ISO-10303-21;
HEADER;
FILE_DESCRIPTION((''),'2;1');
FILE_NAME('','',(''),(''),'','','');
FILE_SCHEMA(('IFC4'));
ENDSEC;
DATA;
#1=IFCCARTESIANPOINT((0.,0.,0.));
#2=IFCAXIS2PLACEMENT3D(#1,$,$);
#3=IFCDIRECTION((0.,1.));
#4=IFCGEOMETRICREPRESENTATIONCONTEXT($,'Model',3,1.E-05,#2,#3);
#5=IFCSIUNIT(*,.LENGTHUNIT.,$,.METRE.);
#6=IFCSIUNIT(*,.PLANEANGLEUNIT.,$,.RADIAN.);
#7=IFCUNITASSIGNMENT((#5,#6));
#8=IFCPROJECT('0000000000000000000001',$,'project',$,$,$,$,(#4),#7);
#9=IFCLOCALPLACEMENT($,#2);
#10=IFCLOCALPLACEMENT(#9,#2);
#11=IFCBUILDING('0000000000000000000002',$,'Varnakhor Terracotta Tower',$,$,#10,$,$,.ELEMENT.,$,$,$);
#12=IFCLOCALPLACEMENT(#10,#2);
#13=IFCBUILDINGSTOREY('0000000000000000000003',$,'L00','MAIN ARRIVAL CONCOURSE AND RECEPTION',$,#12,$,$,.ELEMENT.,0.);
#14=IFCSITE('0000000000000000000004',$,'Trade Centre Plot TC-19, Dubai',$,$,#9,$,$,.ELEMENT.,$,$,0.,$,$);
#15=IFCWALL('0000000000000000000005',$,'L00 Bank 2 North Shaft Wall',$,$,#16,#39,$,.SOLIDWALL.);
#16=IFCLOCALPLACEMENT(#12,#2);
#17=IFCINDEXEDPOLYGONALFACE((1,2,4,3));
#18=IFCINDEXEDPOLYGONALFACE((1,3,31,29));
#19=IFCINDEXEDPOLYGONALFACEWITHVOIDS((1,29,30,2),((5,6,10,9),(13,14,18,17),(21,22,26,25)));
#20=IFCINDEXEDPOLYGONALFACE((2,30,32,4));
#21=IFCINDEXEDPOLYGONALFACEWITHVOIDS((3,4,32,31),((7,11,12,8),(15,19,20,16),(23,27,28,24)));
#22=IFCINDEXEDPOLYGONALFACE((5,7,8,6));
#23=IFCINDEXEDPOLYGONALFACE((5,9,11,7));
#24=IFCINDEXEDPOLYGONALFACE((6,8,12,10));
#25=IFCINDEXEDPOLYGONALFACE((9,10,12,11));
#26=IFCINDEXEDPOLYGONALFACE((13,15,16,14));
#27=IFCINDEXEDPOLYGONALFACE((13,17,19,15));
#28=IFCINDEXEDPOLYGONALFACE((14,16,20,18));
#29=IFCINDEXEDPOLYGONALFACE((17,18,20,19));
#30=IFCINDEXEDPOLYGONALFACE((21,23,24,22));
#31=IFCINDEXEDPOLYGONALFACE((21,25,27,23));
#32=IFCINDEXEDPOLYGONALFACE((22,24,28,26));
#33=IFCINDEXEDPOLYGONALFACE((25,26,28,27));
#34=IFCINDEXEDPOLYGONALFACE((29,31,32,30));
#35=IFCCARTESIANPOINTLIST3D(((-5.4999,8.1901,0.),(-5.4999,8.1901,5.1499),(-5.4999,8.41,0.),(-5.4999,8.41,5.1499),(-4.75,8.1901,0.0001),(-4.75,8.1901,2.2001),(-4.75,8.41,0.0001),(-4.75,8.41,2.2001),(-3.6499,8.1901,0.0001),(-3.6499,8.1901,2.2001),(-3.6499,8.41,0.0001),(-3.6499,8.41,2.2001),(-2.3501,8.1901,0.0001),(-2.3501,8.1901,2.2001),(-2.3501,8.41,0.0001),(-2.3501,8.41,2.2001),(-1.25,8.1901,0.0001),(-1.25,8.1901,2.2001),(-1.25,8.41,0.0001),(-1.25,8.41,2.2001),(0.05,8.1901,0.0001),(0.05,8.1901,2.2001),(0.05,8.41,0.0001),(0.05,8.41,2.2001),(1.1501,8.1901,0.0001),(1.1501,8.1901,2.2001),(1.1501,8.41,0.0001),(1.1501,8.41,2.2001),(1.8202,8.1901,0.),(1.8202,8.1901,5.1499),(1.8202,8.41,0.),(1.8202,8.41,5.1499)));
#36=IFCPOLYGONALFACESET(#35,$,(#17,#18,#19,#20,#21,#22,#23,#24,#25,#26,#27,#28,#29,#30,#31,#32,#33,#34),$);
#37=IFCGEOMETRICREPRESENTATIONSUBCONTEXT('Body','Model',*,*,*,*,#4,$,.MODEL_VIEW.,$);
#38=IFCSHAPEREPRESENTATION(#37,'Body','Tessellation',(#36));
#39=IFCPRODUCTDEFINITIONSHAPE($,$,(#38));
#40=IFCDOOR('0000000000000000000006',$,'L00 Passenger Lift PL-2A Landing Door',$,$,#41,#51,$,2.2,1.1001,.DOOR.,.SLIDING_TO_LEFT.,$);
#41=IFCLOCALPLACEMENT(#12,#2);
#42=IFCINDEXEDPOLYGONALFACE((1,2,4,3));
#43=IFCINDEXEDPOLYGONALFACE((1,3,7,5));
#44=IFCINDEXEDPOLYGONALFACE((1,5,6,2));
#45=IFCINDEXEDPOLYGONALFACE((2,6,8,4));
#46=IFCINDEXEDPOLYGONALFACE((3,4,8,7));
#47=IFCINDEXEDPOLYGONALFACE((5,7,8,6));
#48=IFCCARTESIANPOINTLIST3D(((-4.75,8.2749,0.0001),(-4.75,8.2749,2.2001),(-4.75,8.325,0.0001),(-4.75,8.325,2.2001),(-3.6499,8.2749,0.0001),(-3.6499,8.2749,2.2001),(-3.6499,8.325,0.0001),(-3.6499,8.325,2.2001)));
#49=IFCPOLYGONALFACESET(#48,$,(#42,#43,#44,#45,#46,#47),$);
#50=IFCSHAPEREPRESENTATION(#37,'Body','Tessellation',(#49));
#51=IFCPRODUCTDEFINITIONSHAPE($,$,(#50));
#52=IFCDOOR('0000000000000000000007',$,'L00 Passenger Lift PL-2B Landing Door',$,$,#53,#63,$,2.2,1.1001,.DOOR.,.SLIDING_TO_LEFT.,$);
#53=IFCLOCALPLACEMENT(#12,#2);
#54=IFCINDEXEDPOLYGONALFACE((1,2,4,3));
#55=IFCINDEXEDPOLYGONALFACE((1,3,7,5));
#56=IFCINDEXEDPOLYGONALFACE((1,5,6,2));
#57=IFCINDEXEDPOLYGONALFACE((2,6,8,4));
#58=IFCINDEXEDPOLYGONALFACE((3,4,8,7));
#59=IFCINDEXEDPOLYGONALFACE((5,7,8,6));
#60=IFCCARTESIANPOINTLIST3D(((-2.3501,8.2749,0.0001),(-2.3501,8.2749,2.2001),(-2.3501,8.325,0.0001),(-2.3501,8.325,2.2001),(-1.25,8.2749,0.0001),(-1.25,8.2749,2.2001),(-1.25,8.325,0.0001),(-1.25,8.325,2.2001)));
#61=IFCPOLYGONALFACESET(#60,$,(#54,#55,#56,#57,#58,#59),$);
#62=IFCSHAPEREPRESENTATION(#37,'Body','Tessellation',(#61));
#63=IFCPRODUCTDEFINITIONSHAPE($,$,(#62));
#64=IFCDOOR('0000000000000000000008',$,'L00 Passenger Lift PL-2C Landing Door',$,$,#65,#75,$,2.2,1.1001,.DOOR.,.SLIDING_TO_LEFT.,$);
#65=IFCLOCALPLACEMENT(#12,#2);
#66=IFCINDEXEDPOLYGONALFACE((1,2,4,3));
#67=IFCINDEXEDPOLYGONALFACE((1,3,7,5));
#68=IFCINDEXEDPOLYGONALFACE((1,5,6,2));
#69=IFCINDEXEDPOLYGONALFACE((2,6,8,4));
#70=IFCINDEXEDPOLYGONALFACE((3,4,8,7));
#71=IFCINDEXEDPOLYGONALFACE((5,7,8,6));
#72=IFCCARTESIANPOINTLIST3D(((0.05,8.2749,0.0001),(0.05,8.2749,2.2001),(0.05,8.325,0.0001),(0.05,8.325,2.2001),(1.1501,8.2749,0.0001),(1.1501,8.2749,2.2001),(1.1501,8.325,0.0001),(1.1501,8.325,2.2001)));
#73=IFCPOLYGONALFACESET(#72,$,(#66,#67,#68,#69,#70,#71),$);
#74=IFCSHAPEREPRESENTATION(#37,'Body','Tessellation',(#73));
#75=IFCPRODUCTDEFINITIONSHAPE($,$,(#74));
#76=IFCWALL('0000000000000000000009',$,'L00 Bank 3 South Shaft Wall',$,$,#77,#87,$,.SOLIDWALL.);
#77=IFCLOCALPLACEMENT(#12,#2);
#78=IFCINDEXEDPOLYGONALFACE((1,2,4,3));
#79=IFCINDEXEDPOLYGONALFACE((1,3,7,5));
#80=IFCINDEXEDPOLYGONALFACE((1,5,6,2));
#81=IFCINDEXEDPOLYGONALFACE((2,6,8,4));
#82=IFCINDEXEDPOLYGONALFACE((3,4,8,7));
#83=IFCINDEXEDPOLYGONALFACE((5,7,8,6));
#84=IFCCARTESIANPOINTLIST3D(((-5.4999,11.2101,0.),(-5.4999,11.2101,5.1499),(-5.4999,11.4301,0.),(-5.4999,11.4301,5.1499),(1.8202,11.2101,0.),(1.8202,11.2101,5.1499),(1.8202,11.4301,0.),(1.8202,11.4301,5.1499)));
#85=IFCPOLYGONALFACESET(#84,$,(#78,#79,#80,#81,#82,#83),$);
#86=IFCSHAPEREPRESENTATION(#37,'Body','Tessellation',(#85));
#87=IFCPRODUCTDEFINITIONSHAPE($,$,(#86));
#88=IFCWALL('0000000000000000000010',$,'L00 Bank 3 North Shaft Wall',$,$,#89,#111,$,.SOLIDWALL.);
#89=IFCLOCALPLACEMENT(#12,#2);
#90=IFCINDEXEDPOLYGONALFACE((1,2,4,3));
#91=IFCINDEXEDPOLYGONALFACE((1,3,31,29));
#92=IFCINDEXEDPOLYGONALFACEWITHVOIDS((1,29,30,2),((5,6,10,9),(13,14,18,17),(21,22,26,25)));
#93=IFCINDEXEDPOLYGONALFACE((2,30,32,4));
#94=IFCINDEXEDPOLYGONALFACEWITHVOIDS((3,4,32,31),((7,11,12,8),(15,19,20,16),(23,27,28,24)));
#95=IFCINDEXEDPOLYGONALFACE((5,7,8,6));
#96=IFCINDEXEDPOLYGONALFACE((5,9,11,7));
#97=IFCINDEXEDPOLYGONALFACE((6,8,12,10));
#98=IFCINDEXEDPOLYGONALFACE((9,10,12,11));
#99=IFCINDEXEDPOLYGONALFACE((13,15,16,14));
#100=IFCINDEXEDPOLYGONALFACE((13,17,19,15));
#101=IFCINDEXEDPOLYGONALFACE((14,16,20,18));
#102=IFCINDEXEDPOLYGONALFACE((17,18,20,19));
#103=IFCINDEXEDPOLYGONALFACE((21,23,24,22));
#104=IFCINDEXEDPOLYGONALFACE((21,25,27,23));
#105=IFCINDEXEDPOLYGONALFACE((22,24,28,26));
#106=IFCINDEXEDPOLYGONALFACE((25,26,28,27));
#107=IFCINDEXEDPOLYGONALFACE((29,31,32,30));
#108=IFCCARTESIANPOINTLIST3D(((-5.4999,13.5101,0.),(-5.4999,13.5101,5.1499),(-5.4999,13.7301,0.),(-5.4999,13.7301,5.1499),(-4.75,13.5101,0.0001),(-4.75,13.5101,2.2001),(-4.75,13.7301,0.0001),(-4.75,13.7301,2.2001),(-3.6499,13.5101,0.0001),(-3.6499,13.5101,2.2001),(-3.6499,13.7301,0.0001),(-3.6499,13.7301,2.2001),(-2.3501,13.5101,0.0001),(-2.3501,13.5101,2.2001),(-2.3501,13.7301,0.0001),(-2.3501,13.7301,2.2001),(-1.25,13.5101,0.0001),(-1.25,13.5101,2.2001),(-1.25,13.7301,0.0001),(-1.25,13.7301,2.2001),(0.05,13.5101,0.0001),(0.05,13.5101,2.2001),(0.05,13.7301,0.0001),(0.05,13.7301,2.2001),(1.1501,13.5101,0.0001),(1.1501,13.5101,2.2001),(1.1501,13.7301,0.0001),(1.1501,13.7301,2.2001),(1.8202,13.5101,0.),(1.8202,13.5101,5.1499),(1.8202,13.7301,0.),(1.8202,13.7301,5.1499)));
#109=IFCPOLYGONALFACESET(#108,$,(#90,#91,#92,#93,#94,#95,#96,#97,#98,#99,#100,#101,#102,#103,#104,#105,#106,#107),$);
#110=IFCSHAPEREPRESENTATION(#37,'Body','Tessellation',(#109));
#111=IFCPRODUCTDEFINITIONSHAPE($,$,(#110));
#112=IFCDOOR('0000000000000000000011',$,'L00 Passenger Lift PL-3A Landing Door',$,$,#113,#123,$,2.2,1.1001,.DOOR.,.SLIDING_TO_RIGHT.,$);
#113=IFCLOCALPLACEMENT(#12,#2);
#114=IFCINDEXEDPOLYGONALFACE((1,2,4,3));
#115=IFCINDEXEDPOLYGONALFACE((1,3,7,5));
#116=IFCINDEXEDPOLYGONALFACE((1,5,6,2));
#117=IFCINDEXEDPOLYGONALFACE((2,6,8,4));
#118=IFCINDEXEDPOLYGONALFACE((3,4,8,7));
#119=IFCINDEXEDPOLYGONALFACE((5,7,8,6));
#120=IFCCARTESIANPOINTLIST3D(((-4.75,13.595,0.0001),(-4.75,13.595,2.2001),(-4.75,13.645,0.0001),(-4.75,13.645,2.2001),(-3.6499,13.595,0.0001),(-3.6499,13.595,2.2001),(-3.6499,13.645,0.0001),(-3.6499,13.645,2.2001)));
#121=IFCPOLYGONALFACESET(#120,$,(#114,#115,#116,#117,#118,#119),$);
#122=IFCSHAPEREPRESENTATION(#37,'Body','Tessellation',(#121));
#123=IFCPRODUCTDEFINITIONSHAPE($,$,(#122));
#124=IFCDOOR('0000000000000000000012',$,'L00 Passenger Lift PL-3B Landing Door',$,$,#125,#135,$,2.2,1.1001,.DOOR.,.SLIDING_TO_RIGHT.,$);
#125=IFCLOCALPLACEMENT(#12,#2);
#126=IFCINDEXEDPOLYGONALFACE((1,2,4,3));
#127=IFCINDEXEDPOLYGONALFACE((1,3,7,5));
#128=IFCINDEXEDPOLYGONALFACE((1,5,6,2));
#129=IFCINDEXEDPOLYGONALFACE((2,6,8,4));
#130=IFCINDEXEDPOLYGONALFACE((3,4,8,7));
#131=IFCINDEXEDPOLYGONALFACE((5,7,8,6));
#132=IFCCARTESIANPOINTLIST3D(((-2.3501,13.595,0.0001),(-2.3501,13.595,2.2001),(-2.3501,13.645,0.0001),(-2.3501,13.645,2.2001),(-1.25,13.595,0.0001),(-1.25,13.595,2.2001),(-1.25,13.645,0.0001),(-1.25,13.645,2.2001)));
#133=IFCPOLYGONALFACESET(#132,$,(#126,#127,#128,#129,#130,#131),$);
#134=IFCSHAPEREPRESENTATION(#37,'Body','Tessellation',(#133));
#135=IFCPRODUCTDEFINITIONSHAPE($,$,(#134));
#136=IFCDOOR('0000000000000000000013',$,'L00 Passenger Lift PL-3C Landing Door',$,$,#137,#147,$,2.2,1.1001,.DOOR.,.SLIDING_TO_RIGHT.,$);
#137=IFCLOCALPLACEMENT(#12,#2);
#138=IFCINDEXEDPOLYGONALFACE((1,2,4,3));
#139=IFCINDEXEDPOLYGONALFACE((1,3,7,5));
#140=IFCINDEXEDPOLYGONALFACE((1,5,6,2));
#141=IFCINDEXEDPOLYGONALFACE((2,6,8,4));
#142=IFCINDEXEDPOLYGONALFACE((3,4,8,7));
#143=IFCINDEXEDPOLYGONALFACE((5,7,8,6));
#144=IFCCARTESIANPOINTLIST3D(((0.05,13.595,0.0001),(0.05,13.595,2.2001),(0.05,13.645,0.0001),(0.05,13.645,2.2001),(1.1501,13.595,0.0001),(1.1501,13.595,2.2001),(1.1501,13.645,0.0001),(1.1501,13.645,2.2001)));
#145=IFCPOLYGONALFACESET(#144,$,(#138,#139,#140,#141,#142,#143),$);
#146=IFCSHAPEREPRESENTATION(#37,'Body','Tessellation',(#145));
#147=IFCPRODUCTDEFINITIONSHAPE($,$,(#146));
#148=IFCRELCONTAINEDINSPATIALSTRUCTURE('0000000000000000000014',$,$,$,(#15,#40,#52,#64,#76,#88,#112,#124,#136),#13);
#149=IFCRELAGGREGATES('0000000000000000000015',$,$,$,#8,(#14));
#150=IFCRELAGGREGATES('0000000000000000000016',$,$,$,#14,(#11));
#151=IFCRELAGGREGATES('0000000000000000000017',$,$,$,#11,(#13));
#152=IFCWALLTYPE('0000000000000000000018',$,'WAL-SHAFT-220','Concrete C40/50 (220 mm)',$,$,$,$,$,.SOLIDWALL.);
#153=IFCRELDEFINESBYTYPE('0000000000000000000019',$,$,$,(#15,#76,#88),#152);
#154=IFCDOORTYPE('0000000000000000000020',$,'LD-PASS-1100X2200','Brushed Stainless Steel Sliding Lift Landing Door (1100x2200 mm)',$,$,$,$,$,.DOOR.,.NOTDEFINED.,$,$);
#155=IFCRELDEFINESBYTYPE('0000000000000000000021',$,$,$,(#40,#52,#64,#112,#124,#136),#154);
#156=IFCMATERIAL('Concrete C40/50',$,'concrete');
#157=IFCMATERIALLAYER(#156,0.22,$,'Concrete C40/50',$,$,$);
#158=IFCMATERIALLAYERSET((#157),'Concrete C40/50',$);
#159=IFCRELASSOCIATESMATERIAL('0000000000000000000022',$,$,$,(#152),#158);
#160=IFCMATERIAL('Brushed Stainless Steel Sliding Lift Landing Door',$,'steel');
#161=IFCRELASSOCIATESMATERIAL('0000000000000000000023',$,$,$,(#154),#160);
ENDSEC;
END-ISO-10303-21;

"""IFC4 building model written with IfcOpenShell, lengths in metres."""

from ifc_helpers import new_model, si_unit, direction, frame, frame_2d, origin, place, context, subcontext, project, spatial, rectangle, extrude, source, transform, mapped, material, layer, layer_set, type_object, type_shapes, element, fill, save


model = new_model("IFC4")

# Units and contexts
model_context = context("Model", 3, precision=1e-05, world=origin(), true_north=direction((0.0, 1.0)))
body_context = subcontext(model_context, "Body", "Model", "MODEL_VIEW")
ifc_project = project(units=[si_unit("LENGTHUNIT", "METRE"), si_unit("PLANEANGLEUNIT", "RADIAN")], contexts=[model_context])

# Site, building, storey
site_placement = place(None, origin())
site = spatial("IfcSite", under=ifc_project, at=site_placement, Name="Trade Centre Plot TC-19, Dubai", CompositionType="ELEMENT", RefElevation=0.0)
building_placement = place(site_placement, origin())
building = spatial("IfcBuilding", under=site, at=building_placement, Name="Varnakhor Terracotta Tower", CompositionType="ELEMENT")
storey_placement = place(building_placement, origin())
storey = spatial("IfcBuildingStorey", under=building, at=storey_placement, Name="L00", Description="MAIN ARRIVAL CONCOURSE AND RECEPTION", CompositionType="ELEMENT", Elevation=0.0)

# Shared definitions
ifc_material_1 = material(Name="Concrete C40/50", Category="concrete")

# Shared definitions
ifc_layer_1 = layer(ifc_material_1, 0.22, Name="Concrete C40/50")
ifc_layer_set_1 = layer_set([ifc_layer_1], Name="Concrete C40/50")
wall_type_1 = type_object("IfcWallType", Name="WAL-SHAFT-220", Description="Concrete C40/50 (220 mm)", PredefinedType="SOLIDWALL", material=ifc_layer_set_1)

# Wall, openings, doors
wall_1_placement = place(storey_placement, frame((-5.5, 8.3, 0.0), z_axis=(0.0, 0.0, 1.0), x_axis=(1.0, 0.0, 0.0)))
wall_1 = element("IfcWall", 1, at=wall_1_placement, inside=storey, type_object=wall_type_1, Name="L00 Bank 2 North Shaft Wall", PredefinedType="SOLIDWALL", context=body_context, shape_type="SweptSolid", body=[
    extrude(rectangle(XDim=7.3201, YDim=0.22, at=frame_2d((3.6602, 0.0))), origin(), (0.0, 0.0, 1.0), 5.1499),
])
opening_1_placement = place(wall_1_placement, frame((0.75, 0.0, 0.0)))
opening_1 = element("IfcOpeningElement", 2, at=opening_1_placement, cuts=wall_1, PredefinedType="OPENING", context=body_context, shape_type="SweptSolid", body=[
    extrude(rectangle(XDim=1.1001, YDim=2.2, at=frame_2d((0.55, 1.1001))), frame((0.0, 0.1201, 0.0), z_axis=(0.0, -1.0, 0.0), x_axis=(1.0, 0.0, 0.0)), (0.0, 0.0, 1.0), 0.24),
])
opening_2_placement = place(wall_1_placement, frame((3.1499, 0.0, 0.0)))
opening_2 = element("IfcOpeningElement", 3, at=opening_2_placement, cuts=wall_1, PredefinedType="OPENING", context=body_context, shape_type="SweptSolid", body=[
    extrude(rectangle(XDim=1.1001, YDim=2.2, at=frame_2d((0.55, 1.1001))), frame((0.0, 0.1201, 0.0), z_axis=(0.0, -1.0, 0.0), x_axis=(1.0, 0.0, 0.0)), (0.0, 0.0, 1.0), 0.24),
])
opening_3_placement = place(wall_1_placement, frame((5.55, 0.0, 0.0)))
opening_3 = element("IfcOpeningElement", 4, at=opening_3_placement, cuts=wall_1, PredefinedType="OPENING", context=body_context, shape_type="SweptSolid", body=[
    extrude(rectangle(XDim=1.1001, YDim=2.2, at=frame_2d((0.55, 1.1001))), frame((0.0, 0.1201, 0.0), z_axis=(0.0, -1.0, 0.0), x_axis=(1.0, 0.0, 0.0)), (0.0, 0.0, 1.0), 0.24),
])
ifc_material_2 = material(Name="Brushed Stainless Steel Sliding Lift Landing Door", Category="steel")
door_type_1 = type_object("IfcDoorType", Name="LD-PASS-1100X2200", Description="Brushed Stainless Steel Sliding Lift Landing Door (1100x2200 mm)", OperationType="NOTDEFINED", PredefinedType="DOOR", material=ifc_material_2)
shared_shape_1 = source(origin(), body_context, "Body", "SweptSolid", [
    extrude(rectangle(XDim=1.1001, YDim=2.2, at=frame_2d((0.55, 1.1001))), frame((0.0, 0.0249, 0.0), z_axis=(0.0, -1.0, 0.0), x_axis=(1.0, 0.0, 0.0)), (0.0, 0.0, 1.0), 0.05),
])
type_shapes(door_type_1, [shared_shape_1])
door_1_placement = place(opening_1_placement, origin())
door_1 = element("IfcDoor", 5, at=door_1_placement, inside=storey, type_object=door_type_1, Name="L00 Passenger Lift PL-2A Landing Door", OperationType="SLIDING_TO_LEFT", OverallHeight=2.2, OverallWidth=1.1001, PredefinedType="DOOR", context=body_context, shape_type="MappedRepresentation", body=[
    mapped(shared_shape_1, transform((0.0, 0.0, 0.0), scale=1.0)),
])
fill(opening_1, door_1)
door_2_placement = place(opening_2_placement, origin())
door_2 = element("IfcDoor", 6, at=door_2_placement, inside=storey, type_object=door_type_1, Name="L00 Passenger Lift PL-2B Landing Door", OperationType="SLIDING_TO_LEFT", OverallHeight=2.2, OverallWidth=1.1001, PredefinedType="DOOR", context=body_context, shape_type="MappedRepresentation", body=[
    mapped(shared_shape_1, transform((0.0, 0.0, 0.0), scale=1.0)),
])
fill(opening_2, door_2)
door_3_placement = place(opening_3_placement, origin())
door_3 = element("IfcDoor", 7, at=door_3_placement, inside=storey, type_object=door_type_1, Name="L00 Passenger Lift PL-2C Landing Door", OperationType="SLIDING_TO_LEFT", OverallHeight=2.2, OverallWidth=1.1001, PredefinedType="DOOR", context=body_context, shape_type="MappedRepresentation", body=[
    mapped(shared_shape_1, transform((0.0, 0.0, 0.0), scale=1.0)),
])
fill(opening_3, door_3)

# Wall
wall_2_placement = place(storey_placement, frame((-5.5, 11.3201, 0.0), z_axis=(0.0, 0.0, 1.0), x_axis=(1.0, 0.0, 0.0)))
element("IfcWall", 8, at=wall_2_placement, inside=storey, type_object=wall_type_1, Name="L00 Bank 3 South Shaft Wall", PredefinedType="SOLIDWALL", context=body_context, shape_type="SweptSolid", body=[
    extrude(rectangle(XDim=7.3201, YDim=0.22, at=frame_2d((3.6602, 0.0))), origin(), (0.0, 0.0, 1.0), 5.1499),
])

# Wall, openings, doors
wall_3_placement = place(storey_placement, frame((-5.5, 13.6201, 0.0), z_axis=(0.0, 0.0, 1.0), x_axis=(1.0, 0.0, 0.0)))
wall_3 = element("IfcWall", 9, at=wall_3_placement, inside=storey, type_object=wall_type_1, Name="L00 Bank 3 North Shaft Wall", PredefinedType="SOLIDWALL", context=body_context, shape_type="SweptSolid", body=[
    extrude(rectangle(XDim=7.3201, YDim=0.22, at=frame_2d((3.6602, 0.0))), origin(), (0.0, 0.0, 1.0), 5.1499),
])
opening_4_placement = place(wall_3_placement, frame((0.75, 0.0, 0.0)))
opening_4 = element("IfcOpeningElement", 10, at=opening_4_placement, cuts=wall_3, PredefinedType="OPENING", context=body_context, shape_type="SweptSolid", body=[
    extrude(rectangle(XDim=1.1001, YDim=2.2, at=frame_2d((0.55, 1.1001))), frame((0.0, 0.1201, 0.0), z_axis=(0.0, -1.0, 0.0), x_axis=(1.0, 0.0, 0.0)), (0.0, 0.0, 1.0), 0.24),
])
opening_5_placement = place(wall_3_placement, frame((3.1499, 0.0, 0.0)))
opening_5 = element("IfcOpeningElement", 11, at=opening_5_placement, cuts=wall_3, PredefinedType="OPENING", context=body_context, shape_type="SweptSolid", body=[
    extrude(rectangle(XDim=1.1001, YDim=2.2, at=frame_2d((0.55, 1.1001))), frame((0.0, 0.1201, 0.0), z_axis=(0.0, -1.0, 0.0), x_axis=(1.0, 0.0, 0.0)), (0.0, 0.0, 1.0), 0.24),
])
opening_6_placement = place(wall_3_placement, frame((5.55, 0.0, 0.0)))
opening_6 = element("IfcOpeningElement", 12, at=opening_6_placement, cuts=wall_3, PredefinedType="OPENING", context=body_context, shape_type="SweptSolid", body=[
    extrude(rectangle(XDim=1.1001, YDim=2.2, at=frame_2d((0.55, 1.1001))), frame((0.0, 0.1201, 0.0), z_axis=(0.0, -1.0, 0.0), x_axis=(1.0, 0.0, 0.0)), (0.0, 0.0, 1.0), 0.24),
])
door_4_placement = place(opening_4_placement, origin())
door_4 = element("IfcDoor", 13, at=door_4_placement, inside=storey, type_object=door_type_1, Name="L00 Passenger Lift PL-3A Landing Door", OperationType="SLIDING_TO_RIGHT", OverallHeight=2.2, OverallWidth=1.1001, PredefinedType="DOOR", context=body_context, shape_type="MappedRepresentation", body=[
    mapped(shared_shape_1, transform((0.0, 0.0, 0.0), scale=1.0)),
])
fill(opening_4, door_4)
door_5_placement = place(opening_5_placement, origin())
door_5 = element("IfcDoor", 14, at=door_5_placement, inside=storey, type_object=door_type_1, Name="L00 Passenger Lift PL-3B Landing Door", OperationType="SLIDING_TO_RIGHT", OverallHeight=2.2, OverallWidth=1.1001, PredefinedType="DOOR", context=body_context, shape_type="MappedRepresentation", body=[
    mapped(shared_shape_1, transform((0.0, 0.0, 0.0), scale=1.0)),
])
fill(opening_5, door_5)
door_6_placement = place(opening_6_placement, origin())
door_6 = element("IfcDoor", 15, at=door_6_placement, inside=storey, type_object=door_type_1, Name="L00 Passenger Lift PL-3C Landing Door", OperationType="SLIDING_TO_RIGHT", OverallHeight=2.2, OverallWidth=1.1001, PredefinedType="DOOR", context=body_context, shape_type="MappedRepresentation", body=[
    mapped(shared_shape_1, transform((0.0, 0.0, 0.0), scale=1.0)),
])
fill(opening_6, door_6)

save(model, "model.ifc")
